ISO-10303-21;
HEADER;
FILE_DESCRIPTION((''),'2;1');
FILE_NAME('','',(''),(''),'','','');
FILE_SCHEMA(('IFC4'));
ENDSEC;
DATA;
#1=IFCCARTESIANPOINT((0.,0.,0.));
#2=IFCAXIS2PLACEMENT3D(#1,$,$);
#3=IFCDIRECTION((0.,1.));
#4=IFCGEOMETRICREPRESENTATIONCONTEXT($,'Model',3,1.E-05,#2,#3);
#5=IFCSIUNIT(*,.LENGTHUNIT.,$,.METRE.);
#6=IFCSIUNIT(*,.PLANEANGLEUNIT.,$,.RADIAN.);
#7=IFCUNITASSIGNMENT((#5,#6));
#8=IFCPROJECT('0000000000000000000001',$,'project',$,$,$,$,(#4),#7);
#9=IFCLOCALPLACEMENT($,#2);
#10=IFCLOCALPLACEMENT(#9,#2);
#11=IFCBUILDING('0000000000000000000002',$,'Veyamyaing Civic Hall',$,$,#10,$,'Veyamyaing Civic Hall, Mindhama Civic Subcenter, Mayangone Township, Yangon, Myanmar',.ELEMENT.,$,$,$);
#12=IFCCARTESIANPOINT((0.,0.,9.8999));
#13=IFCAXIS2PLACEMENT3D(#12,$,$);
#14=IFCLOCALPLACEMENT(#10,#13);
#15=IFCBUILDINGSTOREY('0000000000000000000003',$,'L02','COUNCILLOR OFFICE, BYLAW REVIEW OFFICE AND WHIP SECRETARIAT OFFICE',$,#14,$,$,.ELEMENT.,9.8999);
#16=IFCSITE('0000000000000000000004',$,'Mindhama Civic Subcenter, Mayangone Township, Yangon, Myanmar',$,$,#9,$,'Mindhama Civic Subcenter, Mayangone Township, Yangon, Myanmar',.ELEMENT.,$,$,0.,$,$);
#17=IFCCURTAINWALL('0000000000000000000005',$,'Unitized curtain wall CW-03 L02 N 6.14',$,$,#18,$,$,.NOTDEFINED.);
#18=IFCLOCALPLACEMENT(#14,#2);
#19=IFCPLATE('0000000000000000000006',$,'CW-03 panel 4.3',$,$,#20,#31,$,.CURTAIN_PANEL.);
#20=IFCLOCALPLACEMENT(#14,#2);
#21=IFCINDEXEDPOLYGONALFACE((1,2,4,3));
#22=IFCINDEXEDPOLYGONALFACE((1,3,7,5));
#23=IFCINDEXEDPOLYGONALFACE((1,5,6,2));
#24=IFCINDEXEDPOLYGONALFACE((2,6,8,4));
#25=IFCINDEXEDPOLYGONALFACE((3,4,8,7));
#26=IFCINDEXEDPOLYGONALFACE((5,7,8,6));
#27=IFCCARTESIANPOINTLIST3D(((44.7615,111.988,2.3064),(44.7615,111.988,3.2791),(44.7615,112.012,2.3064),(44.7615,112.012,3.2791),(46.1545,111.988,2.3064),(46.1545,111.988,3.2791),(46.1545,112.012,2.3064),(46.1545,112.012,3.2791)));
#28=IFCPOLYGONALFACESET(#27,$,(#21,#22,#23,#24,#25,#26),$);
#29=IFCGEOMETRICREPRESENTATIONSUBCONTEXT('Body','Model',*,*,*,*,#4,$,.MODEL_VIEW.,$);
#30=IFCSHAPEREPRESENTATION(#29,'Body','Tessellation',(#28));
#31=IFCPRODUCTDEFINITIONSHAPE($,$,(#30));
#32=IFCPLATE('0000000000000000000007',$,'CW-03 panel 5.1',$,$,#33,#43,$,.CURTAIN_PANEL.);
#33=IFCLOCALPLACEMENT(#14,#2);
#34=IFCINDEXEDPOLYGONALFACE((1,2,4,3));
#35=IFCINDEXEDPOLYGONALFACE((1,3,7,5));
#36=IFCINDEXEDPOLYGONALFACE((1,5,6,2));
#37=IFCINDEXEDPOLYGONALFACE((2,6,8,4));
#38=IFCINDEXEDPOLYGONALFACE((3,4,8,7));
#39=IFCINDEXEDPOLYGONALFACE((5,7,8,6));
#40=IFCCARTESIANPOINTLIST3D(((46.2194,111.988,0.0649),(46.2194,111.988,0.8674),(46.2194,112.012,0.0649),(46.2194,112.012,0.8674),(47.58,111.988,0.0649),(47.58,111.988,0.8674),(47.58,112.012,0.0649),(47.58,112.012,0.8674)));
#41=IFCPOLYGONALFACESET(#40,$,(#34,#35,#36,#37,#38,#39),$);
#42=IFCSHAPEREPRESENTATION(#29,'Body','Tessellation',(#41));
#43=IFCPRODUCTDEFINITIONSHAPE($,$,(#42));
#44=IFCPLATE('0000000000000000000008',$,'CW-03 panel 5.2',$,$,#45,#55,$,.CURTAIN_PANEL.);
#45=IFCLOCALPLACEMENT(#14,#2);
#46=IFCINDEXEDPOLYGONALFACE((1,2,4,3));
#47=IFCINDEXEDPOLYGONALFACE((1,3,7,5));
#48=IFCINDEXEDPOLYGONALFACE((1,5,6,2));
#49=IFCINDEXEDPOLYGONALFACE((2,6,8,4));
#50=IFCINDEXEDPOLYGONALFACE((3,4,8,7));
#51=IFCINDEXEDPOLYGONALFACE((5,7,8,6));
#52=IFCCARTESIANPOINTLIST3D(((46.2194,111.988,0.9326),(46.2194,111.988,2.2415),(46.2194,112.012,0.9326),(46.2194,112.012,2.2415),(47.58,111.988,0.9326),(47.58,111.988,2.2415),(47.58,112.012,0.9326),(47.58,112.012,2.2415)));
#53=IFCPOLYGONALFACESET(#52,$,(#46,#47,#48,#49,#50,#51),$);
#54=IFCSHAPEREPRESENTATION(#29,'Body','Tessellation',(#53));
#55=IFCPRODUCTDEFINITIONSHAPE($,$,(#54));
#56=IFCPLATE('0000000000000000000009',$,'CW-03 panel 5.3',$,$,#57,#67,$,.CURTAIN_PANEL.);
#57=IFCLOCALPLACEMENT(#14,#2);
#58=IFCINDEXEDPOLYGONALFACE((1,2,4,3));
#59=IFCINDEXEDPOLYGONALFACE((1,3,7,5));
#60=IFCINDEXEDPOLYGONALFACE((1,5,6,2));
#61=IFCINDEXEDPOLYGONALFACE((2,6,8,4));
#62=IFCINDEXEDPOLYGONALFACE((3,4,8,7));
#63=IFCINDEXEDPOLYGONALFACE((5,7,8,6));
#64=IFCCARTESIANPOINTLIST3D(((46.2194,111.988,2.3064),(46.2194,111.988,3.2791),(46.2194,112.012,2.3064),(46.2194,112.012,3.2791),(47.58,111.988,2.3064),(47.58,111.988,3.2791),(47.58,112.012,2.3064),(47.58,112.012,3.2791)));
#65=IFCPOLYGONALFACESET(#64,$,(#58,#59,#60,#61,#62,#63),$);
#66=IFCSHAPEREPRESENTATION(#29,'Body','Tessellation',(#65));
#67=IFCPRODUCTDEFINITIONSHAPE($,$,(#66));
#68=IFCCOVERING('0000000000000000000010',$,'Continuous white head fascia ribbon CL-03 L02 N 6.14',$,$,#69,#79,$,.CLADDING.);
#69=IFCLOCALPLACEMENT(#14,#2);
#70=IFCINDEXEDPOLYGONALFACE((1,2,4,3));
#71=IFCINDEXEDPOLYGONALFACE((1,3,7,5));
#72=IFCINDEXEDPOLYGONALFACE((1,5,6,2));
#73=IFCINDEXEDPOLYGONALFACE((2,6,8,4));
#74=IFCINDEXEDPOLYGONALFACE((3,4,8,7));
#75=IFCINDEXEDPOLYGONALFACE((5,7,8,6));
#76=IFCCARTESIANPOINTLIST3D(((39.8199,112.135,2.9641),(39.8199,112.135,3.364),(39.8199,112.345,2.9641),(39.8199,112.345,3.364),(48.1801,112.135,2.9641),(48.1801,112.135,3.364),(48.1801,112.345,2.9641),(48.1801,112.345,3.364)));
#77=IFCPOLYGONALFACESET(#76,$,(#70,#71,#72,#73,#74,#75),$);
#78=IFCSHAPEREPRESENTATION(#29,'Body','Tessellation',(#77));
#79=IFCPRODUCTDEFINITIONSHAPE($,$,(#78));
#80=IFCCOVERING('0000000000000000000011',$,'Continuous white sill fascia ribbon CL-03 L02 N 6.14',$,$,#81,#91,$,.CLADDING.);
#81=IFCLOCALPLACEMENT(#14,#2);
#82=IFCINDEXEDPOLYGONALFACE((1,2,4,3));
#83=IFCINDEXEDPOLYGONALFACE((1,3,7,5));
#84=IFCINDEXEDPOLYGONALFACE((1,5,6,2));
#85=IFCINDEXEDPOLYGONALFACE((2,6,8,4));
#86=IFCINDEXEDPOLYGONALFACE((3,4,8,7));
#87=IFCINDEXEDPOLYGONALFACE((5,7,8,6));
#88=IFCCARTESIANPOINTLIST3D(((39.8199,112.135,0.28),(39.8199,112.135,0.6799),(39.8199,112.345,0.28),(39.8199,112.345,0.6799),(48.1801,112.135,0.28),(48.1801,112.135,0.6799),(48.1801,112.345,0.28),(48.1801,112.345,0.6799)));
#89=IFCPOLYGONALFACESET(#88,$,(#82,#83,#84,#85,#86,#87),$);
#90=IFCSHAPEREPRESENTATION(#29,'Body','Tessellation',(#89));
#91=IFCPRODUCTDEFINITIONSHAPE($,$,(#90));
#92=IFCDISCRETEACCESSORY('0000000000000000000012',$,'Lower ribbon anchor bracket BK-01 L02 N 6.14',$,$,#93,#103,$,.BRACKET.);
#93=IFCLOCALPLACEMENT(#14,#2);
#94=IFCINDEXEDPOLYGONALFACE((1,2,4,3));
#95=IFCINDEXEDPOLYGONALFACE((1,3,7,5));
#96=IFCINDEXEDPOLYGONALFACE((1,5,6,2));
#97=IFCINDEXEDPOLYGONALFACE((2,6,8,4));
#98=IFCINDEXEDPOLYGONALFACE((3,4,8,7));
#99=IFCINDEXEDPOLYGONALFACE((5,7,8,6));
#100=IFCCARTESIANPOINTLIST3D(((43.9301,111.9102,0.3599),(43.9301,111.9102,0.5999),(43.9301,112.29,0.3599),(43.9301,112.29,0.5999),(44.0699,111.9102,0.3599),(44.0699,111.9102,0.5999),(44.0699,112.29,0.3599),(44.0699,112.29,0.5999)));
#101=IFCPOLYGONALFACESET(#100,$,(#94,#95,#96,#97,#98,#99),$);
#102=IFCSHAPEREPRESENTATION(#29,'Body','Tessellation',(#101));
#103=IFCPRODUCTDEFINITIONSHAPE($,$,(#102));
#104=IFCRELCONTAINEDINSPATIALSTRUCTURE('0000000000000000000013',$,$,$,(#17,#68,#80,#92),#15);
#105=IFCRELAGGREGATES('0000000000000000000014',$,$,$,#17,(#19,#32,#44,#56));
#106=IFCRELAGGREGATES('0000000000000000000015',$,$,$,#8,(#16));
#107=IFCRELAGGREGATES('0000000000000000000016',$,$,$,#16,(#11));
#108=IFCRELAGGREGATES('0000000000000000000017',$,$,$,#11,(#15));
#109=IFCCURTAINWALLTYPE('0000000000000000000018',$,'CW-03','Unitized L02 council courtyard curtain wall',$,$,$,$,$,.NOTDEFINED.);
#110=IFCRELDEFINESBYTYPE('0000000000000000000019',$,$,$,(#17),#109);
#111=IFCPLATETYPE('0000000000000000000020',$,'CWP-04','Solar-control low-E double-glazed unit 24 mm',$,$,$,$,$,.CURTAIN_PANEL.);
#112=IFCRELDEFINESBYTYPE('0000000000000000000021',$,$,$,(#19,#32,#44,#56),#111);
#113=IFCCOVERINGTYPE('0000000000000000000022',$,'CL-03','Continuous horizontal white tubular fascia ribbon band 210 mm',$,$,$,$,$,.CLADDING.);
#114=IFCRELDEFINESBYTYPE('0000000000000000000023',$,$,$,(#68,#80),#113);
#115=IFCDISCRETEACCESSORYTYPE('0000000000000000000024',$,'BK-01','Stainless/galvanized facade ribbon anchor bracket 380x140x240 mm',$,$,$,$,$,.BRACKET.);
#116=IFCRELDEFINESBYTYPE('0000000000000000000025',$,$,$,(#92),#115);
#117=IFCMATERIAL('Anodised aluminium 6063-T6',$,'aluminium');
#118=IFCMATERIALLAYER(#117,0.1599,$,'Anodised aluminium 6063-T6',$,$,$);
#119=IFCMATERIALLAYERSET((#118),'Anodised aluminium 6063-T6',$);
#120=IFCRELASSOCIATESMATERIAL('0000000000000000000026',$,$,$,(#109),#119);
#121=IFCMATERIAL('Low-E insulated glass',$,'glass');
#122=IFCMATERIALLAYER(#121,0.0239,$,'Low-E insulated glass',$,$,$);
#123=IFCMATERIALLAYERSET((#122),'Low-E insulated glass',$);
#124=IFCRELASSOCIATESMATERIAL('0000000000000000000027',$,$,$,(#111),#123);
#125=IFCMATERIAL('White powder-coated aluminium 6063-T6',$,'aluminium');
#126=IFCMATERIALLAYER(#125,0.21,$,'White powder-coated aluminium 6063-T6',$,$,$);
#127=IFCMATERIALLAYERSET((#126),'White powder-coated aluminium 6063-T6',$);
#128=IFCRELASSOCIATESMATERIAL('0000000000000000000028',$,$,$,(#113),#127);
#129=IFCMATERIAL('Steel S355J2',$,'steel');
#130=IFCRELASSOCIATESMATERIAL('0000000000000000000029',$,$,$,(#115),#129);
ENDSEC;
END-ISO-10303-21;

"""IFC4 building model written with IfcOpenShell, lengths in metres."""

from ifc_helpers import new_model, si_unit, direction, frame, origin, origin_2d, place, context, subcontext, project, spatial, rectangle, extrude, material, layer, layer_set, type_object, element, aggregate, save


model = new_model("IFC4")

# Units and contexts
model_context = context("Model", 3, precision=1e-05, world=origin(), true_north=direction((0.0, 1.0)))
body_context = subcontext(model_context, "Body", "Model", "MODEL_VIEW")
ifc_project = project(units=[si_unit("LENGTHUNIT", "METRE"), si_unit("PLANEANGLEUNIT", "RADIAN")], contexts=[model_context])

# Site, building, storey
site_placement = place(None, origin())
site = spatial("IfcSite", under=ifc_project, at=site_placement, Name="Mindhama Civic Subcenter, Mayangone Township, Yangon, Myanmar", LongName="Mindhama Civic Subcenter, Mayangone Township, Yangon, Myanmar", CompositionType="ELEMENT", RefElevation=0.0)
building_placement = place(site_placement, origin())
building = spatial("IfcBuilding", under=site, at=building_placement, Name="Veyamyaing Civic Hall", LongName="Veyamyaing Civic Hall, Mindhama Civic Subcenter, Mayangone Township, Yangon, Myanmar", CompositionType="ELEMENT")
storey_placement = place(building_placement, frame((0.0, 0.0, 9.8999)))
storey = spatial("IfcBuildingStorey", under=building, at=storey_placement, Name="L02", Description="COUNCILLOR OFFICE, BYLAW REVIEW OFFICE AND WHIP SECRETARIAT OFFICE", CompositionType="ELEMENT", Elevation=9.8999)

# Curtain wall
ifc_material_1 = material(Name="Anodised aluminium 6063-T6", Category="aluminium")
ifc_layer_1 = layer(ifc_material_1, 0.1599, Name="Anodised aluminium 6063-T6")
ifc_layer_set_1 = layer_set([ifc_layer_1], Name="Anodised aluminium 6063-T6")
curtain_wall_type = type_object("IfcCurtainWallType", Name="CW-03", Description="Unitized L02 council courtyard curtain wall", PredefinedType="NOTDEFINED", material=ifc_layer_set_1)
curtain_wall_1_placement = place(storey_placement, origin())
curtain_wall_1 = element("IfcCurtainWall", 1, at=curtain_wall_1_placement, inside=storey, type_object=curtain_wall_type, Name="Unitized curtain wall CW-03 L02 N 6.14", PredefinedType="NOTDEFINED")

# Plates
ifc_material_2 = material(Name="Low-E insulated glass", Category="glass")
ifc_layer_2 = layer(ifc_material_2, 0.0239, Name="Low-E insulated glass")
ifc_layer_set_2 = layer_set([ifc_layer_2], Name="Low-E insulated glass")
plate_type = type_object("IfcPlateType", Name="CWP-04", Description="Solar-control low-E double-glazed unit 24 mm", PredefinedType="CURTAIN_PANEL", material=ifc_layer_set_2)
plate_1_placement = place(storey_placement, frame((45.458, 112.0, 2.3064), z_axis=(0.0, 0.0, 1.0), x_axis=(1.0, 0.0, 0.0)))
plate_1 = element("IfcPlate", 2, at=plate_1_placement, type_object=plate_type, Name="CW-03 panel 4.3", PredefinedType="CURTAIN_PANEL", context=body_context, shape_type="SweptSolid", body=[
    extrude(rectangle(XDim=1.3931, YDim=0.0239, at=origin_2d()), origin(), (0.0, 0.0, 1.0), 0.9727),
])
plate_2_placement = place(storey_placement, frame((46.8997, 112.0, 0.0649), z_axis=(0.0, 0.0, 1.0), x_axis=(1.0, 0.0, 0.0)))
plate_2 = element("IfcPlate", 3, at=plate_2_placement, type_object=plate_type, Name="CW-03 panel 5.1", PredefinedType="CURTAIN_PANEL", context=body_context, shape_type="SweptSolid", body=[
    extrude(rectangle(XDim=1.3606, YDim=0.0239, at=origin_2d()), origin(), (0.0, 0.0, 1.0), 0.8025),
])
plate_3_placement = place(storey_placement, frame((46.8997, 112.0, 0.9326), z_axis=(0.0, 0.0, 1.0), x_axis=(1.0, 0.0, 0.0)))
plate_3 = element("IfcPlate", 4, at=plate_3_placement, type_object=plate_type, Name="CW-03 panel 5.2", PredefinedType="CURTAIN_PANEL", context=body_context, shape_type="SweptSolid", body=[
    extrude(rectangle(XDim=1.3606, YDim=0.0239, at=origin_2d()), origin(), (0.0, 0.0, 1.0), 1.3088),
])
plate_4_placement = place(storey_placement, frame((46.8997, 112.0, 2.3064), z_axis=(0.0, 0.0, 1.0), x_axis=(1.0, 0.0, 0.0)))
plate_4 = element("IfcPlate", 5, at=plate_4_placement, type_object=plate_type, Name="CW-03 panel 5.3", PredefinedType="CURTAIN_PANEL", context=body_context, shape_type="SweptSolid", body=[
    extrude(rectangle(XDim=1.3606, YDim=0.0239, at=origin_2d()), origin(), (0.0, 0.0, 1.0), 0.9727),
])
aggregate(curtain_wall_1, [plate_1, plate_2, plate_3, plate_4])

# Coverings
ifc_material_3 = material(Name="White powder-coated aluminium 6063-T6", Category="aluminium")
ifc_layer_3 = layer(ifc_material_3, 0.21, Name="White powder-coated aluminium 6063-T6")
ifc_layer_set_3 = layer_set([ifc_layer_3], Name="White powder-coated aluminium 6063-T6")
covering_type = type_object("IfcCoveringType", Name="CL-03", Description="Continuous horizontal white tubular fascia ribbon band 210 mm", PredefinedType="CLADDING", material=ifc_layer_set_3)
for number, where, z_axis, x_axis, name in (
    (6, (44.0, 112.24, 2.9641), (0.0, 0.0, 1.0), (1.0, 0.0, 0.0), "Continuous white head fascia ribbon CL-03 L02 N 6.14"),
    (7, (44.0, 112.24, 0.28), (0.0, 0.0, 1.0), (1.0, 0.0, 0.0), "Continuous white sill fascia ribbon CL-03 L02 N 6.14"),
):
    element("IfcCovering", number, at=place(storey_placement, frame(where, z_axis=z_axis, x_axis=x_axis)), inside=storey, type_object=covering_type, Name=name, PredefinedType="CLADDING", context=body_context, shape_type="SweptSolid", body=[
        extrude(rectangle(XDim=8.3601, YDim=0.21, at=origin_2d()), origin(), (0.0, 0.0, 1.0), 0.3999),
    ])

# Discrete accessory
ifc_material_4 = material(Name="Steel S355J2", Category="steel")
discrete_accessory_type = type_object("IfcDiscreteAccessoryType", Name="BK-01", Description="Stainless/galvanized facade ribbon anchor bracket 380x140x240 mm", PredefinedType="BRACKET", material=ifc_material_4)
discrete_accessory_placement = place(storey_placement, frame((44.0, 112.1001, 0.3599), z_axis=(0.0, 0.0, 1.0), x_axis=(0.0, 1.0, 0.0)))
element("IfcDiscreteAccessory", 8, at=discrete_accessory_placement, inside=storey, type_object=discrete_accessory_type, Name="Lower ribbon anchor bracket BK-01 L02 N 6.14", PredefinedType="BRACKET", context=body_context, shape_type="SweptSolid", body=[
    extrude(rectangle(XDim=0.3799, YDim=0.1399, at=origin_2d()), origin(), (0.0, 0.0, 1.0), 0.24),
])

save(model, "model.ifc")
